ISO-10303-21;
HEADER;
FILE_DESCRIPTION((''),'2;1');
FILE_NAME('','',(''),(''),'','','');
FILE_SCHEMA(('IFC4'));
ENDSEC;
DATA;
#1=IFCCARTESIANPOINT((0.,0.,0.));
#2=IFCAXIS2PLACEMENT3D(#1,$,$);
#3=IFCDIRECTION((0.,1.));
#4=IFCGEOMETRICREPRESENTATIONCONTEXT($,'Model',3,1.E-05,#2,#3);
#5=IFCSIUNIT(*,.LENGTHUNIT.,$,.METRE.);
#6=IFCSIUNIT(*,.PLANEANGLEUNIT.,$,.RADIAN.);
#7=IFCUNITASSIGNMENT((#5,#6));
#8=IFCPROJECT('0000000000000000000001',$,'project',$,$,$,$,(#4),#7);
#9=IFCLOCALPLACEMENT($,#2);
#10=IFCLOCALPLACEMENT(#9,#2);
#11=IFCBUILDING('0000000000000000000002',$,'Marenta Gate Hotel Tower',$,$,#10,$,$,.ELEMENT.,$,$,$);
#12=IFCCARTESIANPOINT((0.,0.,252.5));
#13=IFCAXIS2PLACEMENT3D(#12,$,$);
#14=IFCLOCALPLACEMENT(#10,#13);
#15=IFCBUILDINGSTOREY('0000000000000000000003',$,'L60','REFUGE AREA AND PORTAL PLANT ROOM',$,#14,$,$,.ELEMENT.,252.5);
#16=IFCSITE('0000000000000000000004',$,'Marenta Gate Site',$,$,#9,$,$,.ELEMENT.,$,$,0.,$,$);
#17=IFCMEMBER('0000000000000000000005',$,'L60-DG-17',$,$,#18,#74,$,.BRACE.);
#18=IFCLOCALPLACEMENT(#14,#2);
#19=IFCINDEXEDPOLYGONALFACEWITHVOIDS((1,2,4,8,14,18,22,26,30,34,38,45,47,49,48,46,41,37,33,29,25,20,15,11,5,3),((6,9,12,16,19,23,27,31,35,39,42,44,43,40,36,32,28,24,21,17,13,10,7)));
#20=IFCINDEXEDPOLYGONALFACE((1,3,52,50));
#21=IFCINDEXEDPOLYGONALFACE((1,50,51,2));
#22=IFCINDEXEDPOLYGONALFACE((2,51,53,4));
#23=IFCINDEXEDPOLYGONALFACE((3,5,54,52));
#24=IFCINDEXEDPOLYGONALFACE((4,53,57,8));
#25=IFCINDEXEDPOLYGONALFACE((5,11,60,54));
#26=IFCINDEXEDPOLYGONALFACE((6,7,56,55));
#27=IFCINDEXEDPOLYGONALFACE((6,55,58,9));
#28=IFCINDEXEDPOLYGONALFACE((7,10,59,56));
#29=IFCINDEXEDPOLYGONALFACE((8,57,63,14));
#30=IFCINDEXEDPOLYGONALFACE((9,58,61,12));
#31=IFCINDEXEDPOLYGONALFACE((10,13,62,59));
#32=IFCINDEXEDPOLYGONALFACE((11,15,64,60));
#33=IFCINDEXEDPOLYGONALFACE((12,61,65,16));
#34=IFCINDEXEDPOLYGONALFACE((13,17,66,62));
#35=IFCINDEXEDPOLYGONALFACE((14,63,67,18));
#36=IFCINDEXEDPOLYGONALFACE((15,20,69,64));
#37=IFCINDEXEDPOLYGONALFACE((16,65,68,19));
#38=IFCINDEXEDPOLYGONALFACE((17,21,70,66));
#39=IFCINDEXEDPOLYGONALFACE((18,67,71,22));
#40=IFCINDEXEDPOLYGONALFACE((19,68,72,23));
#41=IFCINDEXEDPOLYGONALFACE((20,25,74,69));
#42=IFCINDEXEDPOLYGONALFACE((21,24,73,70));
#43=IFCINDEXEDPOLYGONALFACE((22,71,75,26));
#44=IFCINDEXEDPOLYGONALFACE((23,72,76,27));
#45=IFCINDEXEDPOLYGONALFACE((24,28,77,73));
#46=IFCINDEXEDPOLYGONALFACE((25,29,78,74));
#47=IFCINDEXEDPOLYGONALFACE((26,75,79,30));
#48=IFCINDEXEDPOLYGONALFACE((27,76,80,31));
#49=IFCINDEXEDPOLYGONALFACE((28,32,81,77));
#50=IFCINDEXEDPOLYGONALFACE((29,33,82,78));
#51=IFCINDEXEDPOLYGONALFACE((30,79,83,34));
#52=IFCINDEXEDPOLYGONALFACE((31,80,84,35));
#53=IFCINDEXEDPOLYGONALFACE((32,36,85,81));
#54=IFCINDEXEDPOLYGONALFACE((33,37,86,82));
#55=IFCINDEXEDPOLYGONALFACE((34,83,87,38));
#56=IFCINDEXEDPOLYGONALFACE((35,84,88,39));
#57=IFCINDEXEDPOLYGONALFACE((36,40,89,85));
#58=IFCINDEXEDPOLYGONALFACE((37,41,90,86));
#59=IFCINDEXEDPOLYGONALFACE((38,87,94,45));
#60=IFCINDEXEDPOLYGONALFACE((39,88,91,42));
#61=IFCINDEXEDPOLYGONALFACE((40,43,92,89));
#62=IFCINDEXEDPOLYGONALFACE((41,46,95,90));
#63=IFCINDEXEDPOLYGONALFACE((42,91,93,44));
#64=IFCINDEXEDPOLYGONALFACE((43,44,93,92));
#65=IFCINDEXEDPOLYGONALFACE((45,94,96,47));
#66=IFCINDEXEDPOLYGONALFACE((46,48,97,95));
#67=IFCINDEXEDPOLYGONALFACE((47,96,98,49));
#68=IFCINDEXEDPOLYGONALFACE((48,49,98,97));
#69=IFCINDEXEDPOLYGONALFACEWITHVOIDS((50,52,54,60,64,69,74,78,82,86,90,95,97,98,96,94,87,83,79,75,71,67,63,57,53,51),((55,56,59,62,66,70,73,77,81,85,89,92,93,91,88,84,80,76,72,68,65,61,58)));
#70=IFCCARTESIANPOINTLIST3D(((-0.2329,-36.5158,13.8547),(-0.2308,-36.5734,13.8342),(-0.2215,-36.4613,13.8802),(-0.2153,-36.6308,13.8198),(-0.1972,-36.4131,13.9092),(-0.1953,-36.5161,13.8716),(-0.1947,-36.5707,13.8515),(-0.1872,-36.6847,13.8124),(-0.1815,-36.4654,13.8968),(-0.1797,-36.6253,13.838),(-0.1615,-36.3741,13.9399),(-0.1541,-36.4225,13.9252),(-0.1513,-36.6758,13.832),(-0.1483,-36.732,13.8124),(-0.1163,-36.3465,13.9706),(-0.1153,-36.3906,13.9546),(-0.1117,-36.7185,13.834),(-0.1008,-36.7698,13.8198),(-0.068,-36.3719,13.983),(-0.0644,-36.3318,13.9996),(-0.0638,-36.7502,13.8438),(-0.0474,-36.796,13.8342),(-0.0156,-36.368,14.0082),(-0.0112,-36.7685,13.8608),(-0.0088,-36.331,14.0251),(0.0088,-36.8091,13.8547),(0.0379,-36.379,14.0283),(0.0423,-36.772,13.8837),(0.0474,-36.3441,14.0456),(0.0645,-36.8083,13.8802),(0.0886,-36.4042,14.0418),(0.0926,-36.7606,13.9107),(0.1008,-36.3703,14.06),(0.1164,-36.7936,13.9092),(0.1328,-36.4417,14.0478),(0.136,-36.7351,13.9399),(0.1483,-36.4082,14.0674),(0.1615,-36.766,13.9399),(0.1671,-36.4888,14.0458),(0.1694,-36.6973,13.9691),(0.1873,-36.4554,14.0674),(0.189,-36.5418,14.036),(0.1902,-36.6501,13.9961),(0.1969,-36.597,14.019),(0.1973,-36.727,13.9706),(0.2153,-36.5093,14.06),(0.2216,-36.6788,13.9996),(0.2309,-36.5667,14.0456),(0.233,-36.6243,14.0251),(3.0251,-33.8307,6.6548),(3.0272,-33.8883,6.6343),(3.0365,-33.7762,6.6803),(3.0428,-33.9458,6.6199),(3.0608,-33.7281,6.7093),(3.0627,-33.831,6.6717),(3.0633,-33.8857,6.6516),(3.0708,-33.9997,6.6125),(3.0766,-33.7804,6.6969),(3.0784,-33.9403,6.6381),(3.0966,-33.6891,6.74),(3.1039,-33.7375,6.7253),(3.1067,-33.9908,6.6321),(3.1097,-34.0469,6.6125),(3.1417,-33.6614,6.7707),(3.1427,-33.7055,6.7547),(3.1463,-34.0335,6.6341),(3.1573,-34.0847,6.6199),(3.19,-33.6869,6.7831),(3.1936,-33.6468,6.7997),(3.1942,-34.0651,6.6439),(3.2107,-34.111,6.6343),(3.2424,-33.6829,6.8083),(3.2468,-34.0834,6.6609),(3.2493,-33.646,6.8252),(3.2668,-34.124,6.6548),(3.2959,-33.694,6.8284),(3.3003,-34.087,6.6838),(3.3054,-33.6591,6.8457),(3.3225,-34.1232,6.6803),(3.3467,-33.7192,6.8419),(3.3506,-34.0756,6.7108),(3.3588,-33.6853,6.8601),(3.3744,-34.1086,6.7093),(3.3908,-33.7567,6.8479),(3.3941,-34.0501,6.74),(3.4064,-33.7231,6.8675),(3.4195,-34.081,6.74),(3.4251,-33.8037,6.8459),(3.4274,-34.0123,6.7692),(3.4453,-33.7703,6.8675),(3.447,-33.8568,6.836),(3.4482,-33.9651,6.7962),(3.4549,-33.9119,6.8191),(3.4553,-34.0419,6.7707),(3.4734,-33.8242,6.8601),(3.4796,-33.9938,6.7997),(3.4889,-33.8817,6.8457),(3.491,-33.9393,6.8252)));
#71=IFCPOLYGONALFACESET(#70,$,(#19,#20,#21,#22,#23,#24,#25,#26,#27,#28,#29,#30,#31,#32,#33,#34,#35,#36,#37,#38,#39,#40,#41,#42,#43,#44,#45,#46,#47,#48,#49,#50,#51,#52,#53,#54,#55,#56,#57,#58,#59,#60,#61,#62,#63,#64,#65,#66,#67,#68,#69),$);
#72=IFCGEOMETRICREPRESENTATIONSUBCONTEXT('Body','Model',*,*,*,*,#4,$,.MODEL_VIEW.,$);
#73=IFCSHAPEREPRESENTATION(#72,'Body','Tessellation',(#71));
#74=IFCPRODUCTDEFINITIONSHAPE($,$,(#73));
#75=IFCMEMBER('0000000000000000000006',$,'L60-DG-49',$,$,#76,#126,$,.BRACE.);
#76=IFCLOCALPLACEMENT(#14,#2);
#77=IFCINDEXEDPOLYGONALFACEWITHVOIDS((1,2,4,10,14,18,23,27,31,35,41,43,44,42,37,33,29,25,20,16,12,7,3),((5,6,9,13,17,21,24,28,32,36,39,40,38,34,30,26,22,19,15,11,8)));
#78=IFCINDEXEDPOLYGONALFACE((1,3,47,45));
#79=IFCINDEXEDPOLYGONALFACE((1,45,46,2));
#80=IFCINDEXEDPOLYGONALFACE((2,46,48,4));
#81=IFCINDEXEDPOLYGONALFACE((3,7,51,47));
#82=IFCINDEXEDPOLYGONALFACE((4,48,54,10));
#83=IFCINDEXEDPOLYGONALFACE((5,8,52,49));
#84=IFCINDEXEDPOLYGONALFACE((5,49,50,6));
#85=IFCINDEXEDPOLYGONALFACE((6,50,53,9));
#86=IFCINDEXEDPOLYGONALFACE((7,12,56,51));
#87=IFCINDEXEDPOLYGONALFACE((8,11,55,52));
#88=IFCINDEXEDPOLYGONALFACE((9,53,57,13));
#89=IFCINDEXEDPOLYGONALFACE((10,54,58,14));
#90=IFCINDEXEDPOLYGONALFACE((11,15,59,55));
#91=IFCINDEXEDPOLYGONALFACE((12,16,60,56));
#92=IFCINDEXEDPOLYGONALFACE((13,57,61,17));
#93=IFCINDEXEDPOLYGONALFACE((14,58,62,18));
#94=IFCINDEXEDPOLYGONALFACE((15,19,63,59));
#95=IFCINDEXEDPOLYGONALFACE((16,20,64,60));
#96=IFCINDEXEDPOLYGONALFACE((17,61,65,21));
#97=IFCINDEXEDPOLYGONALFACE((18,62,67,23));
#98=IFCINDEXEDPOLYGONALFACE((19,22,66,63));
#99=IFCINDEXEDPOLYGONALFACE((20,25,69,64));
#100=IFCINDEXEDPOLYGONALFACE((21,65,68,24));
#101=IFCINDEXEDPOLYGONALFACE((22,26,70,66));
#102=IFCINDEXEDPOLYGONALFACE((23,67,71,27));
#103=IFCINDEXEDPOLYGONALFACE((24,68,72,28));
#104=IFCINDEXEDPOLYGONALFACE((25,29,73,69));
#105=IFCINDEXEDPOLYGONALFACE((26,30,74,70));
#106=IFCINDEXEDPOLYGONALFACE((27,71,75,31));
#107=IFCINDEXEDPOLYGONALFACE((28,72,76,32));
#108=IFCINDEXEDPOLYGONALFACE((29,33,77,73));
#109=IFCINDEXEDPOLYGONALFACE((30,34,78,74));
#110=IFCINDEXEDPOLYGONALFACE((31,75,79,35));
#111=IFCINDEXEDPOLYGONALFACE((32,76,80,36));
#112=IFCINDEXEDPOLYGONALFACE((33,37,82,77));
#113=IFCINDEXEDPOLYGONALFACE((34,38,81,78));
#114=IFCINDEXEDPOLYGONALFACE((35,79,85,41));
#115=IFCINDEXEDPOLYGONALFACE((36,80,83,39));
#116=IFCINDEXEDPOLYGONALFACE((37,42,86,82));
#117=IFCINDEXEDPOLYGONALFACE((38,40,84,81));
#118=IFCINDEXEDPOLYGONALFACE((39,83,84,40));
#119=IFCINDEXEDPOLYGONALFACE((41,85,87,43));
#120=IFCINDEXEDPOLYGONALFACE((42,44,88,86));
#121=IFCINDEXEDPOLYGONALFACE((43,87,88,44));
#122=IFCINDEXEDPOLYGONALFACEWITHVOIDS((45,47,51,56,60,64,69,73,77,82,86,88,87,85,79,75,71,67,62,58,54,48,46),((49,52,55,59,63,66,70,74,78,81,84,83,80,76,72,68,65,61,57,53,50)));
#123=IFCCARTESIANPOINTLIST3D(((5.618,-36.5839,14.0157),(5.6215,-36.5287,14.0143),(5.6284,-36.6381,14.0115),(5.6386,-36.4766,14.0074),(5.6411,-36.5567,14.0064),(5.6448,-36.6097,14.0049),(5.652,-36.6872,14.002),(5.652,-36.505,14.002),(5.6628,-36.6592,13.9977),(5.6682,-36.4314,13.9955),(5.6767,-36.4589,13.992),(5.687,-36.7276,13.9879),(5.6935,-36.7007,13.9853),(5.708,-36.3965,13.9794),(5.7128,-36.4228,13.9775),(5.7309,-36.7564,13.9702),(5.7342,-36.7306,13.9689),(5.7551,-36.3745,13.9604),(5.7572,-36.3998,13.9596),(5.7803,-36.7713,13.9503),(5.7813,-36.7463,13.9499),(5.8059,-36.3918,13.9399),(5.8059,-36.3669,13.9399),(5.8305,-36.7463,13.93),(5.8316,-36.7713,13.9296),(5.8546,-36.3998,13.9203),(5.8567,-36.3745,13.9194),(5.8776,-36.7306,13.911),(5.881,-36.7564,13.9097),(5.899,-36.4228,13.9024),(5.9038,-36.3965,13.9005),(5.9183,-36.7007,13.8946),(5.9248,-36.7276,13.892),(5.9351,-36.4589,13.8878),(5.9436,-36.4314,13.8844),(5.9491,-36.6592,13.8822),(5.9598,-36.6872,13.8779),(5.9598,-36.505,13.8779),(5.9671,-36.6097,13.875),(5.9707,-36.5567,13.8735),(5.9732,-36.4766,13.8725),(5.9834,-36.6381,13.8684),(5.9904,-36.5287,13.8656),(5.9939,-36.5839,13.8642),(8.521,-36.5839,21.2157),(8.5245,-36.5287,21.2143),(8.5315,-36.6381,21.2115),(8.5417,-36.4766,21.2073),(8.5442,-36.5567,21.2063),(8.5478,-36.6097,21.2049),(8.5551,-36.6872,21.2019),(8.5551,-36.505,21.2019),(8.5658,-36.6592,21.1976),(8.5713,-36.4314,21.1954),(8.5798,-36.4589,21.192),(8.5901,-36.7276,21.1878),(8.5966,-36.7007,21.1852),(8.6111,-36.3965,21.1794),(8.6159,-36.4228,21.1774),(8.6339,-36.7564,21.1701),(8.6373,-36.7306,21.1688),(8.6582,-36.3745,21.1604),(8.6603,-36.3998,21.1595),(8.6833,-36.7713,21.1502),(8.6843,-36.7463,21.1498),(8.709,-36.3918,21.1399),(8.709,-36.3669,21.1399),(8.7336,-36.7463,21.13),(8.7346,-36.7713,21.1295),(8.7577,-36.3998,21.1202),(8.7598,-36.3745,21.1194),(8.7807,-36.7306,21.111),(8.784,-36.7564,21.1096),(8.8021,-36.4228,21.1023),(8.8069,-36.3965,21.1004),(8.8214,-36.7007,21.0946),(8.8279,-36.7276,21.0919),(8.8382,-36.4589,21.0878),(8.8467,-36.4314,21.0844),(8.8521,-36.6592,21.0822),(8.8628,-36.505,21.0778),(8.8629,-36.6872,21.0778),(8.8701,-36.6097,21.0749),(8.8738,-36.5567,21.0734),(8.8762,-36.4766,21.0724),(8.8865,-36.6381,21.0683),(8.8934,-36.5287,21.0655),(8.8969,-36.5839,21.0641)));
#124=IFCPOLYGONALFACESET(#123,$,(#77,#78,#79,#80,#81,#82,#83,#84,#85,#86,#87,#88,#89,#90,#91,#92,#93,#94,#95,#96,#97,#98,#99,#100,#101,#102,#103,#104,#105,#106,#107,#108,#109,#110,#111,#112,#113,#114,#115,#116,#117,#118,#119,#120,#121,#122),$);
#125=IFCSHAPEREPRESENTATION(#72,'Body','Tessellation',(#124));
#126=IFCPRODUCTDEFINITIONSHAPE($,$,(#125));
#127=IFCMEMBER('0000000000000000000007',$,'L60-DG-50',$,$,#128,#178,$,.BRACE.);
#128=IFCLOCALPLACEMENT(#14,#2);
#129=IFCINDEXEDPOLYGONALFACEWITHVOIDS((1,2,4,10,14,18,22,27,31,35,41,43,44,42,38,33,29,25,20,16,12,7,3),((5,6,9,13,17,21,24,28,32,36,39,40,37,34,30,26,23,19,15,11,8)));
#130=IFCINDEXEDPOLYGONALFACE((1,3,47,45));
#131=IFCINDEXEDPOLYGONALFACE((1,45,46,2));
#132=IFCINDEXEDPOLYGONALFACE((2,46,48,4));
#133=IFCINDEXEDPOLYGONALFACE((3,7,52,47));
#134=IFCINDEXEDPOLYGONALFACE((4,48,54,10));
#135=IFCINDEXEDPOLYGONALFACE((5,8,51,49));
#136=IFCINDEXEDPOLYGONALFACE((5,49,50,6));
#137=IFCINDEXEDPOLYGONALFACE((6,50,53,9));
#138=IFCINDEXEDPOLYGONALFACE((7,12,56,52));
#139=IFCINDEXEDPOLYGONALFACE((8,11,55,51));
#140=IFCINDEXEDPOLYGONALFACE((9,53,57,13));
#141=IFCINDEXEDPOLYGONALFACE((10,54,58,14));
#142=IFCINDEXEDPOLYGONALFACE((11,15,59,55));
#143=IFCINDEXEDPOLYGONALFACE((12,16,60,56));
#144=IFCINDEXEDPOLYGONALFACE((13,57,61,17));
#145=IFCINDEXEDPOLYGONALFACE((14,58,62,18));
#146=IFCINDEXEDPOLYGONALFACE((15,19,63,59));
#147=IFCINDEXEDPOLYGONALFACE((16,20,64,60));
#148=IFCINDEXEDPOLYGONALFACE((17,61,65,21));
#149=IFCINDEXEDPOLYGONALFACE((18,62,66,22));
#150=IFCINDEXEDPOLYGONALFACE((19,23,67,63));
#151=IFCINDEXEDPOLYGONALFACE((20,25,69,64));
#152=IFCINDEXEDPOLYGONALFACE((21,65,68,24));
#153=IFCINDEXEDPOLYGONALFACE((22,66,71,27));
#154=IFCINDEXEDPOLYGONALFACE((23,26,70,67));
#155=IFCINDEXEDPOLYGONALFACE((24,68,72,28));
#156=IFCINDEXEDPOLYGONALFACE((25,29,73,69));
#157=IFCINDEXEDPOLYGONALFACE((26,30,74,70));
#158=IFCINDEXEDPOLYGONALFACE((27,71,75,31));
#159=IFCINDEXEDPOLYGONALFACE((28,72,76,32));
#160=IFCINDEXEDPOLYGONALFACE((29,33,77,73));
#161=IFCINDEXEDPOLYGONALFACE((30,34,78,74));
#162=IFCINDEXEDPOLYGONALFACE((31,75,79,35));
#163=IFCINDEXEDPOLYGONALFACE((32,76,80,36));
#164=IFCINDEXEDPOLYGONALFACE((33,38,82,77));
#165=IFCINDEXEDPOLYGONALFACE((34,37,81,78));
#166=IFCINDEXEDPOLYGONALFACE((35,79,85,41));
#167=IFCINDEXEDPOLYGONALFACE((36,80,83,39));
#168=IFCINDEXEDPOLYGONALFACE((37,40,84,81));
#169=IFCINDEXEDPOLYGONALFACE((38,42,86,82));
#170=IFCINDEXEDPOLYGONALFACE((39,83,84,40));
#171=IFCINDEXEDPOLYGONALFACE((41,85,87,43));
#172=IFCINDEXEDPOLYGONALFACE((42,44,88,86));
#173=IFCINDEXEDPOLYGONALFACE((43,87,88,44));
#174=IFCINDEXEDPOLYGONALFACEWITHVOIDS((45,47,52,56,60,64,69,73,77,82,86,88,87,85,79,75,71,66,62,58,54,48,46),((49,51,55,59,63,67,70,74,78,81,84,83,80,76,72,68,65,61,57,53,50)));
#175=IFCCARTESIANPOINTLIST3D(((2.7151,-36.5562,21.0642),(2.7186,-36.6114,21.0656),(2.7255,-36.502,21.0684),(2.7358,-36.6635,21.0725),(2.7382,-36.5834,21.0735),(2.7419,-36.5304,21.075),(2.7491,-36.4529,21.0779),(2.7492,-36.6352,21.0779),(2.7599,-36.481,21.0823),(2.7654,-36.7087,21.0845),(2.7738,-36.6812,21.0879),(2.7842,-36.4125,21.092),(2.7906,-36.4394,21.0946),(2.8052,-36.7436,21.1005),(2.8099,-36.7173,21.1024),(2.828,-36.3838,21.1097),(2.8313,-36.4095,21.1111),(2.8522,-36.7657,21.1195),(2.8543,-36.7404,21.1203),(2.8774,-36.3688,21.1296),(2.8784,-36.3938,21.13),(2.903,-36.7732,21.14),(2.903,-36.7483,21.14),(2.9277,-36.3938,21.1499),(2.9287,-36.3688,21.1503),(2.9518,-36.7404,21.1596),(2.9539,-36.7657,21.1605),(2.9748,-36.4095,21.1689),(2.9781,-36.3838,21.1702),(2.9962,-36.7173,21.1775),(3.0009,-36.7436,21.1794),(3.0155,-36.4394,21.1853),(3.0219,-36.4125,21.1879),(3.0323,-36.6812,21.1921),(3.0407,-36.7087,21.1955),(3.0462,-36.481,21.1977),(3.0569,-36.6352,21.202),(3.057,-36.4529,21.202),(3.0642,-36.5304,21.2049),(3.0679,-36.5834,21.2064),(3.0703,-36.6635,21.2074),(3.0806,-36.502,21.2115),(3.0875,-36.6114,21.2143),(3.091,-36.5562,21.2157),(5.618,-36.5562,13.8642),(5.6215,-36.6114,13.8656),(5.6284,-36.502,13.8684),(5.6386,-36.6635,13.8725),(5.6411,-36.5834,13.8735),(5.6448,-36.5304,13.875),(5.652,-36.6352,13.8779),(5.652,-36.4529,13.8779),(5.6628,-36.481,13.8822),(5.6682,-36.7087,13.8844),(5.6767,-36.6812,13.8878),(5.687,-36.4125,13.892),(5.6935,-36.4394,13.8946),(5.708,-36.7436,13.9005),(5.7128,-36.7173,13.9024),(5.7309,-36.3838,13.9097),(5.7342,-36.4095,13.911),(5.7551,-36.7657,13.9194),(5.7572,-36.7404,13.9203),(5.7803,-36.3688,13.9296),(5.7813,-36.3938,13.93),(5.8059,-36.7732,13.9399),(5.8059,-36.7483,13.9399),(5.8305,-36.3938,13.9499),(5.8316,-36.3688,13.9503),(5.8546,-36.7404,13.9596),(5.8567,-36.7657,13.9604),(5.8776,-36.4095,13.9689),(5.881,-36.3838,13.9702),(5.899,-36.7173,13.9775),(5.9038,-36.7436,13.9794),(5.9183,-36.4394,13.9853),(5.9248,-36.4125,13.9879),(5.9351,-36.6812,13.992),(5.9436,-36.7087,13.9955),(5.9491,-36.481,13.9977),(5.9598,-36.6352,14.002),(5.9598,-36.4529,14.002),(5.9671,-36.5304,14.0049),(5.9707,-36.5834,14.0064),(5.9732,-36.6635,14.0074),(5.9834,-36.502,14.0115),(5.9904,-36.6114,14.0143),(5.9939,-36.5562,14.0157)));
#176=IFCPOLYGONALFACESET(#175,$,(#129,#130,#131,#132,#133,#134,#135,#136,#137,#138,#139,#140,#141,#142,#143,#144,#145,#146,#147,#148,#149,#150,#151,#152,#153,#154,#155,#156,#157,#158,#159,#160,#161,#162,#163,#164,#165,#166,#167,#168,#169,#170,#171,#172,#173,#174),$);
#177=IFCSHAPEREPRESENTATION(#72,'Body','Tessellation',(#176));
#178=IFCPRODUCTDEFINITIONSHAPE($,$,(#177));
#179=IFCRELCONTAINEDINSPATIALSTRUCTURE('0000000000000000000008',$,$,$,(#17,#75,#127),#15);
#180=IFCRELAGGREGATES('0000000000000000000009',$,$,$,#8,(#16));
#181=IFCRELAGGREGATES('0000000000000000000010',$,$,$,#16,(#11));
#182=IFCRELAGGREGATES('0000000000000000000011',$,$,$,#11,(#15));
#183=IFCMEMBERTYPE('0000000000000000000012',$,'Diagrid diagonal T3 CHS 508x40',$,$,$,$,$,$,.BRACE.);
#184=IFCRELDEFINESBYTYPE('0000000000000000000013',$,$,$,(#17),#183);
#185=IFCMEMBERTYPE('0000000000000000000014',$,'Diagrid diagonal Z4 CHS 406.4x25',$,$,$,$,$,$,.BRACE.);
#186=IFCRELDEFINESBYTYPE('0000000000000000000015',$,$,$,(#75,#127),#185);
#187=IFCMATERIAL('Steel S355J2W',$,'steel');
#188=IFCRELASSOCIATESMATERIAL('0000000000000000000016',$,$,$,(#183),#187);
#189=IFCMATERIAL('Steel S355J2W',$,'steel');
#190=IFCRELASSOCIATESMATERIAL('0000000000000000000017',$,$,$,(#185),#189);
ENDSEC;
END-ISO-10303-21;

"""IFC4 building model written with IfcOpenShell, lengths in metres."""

from ifc_helpers import new_model, si_unit, direction, frame, origin, origin_2d, place, context, subcontext, project, spatial, hollow_circle, extrude, material, material_profile, profile_set, type_object, element, save


model = new_model("IFC4")

# Units and contexts
model_context = context("Model", 3, precision=1e-05, world=origin(), true_north=direction((0.0, 1.0)))
body_context = subcontext(model_context, "Body", "Model", "MODEL_VIEW")
ifc_project = project(units=[si_unit("LENGTHUNIT", "METRE"), si_unit("PLANEANGLEUNIT", "RADIAN")], contexts=[model_context])

# Site, building, storey
site_placement = place(None, origin())
site = spatial("IfcSite", under=ifc_project, at=site_placement, Name="Marenta Gate Site", CompositionType="ELEMENT", RefElevation=0.0)
building_placement = place(site_placement, origin())
building = spatial("IfcBuilding", under=site, at=building_placement, Name="Marenta Gate Hotel Tower", CompositionType="ELEMENT")
storey_placement = place(building_placement, frame((0.0, 0.0, 252.5)))
storey = spatial("IfcBuildingStorey", under=building, at=storey_placement, Name="L60", Description="REFUGE AREA AND PORTAL PLANT ROOM", CompositionType="ELEMENT", Elevation=252.5)

# Members
ifc_material_1 = material(Name="Steel S355J2W", Category="steel")
ifc_material_profile_1 = material_profile(ifc_material_1, hollow_circle(Radius=0.2539, WallThickness=0.04, at=origin_2d()), Name="CHS 508x40")
ifc_profile_set_1 = profile_set([ifc_material_profile_1], Name="Steel S355J2W")
member_type_1 = type_object("IfcMemberType", Name="Diagrid diagonal T3 CHS 508x40", PredefinedType="BRACE", material=ifc_profile_set_1)
member_1_placement = place(storey_placement, frame((3.2581, -33.885, 6.74), z_axis=(-0.390351, -0.321699, 0.862633), x_axis=(0.635983, -0.771703, 0.0)))
element("IfcMember", 1, at=member_1_placement, inside=storey, type_object=member_type_1, Name="L60-DG-17", PredefinedType="BRACE", context=body_context, shape_type="SweptSolid", body=[
    extrude(hollow_circle(Radius=0.2539, WallThickness=0.04, at=origin_2d()), origin(), (0.0, 0.0, 1.0), 8.3464),
])
ifc_material_2 = material(Name="Steel S355J2W", Category="steel")
ifc_material_profile_2 = material_profile(ifc_material_2, hollow_circle(Radius=0.2031, WallThickness=0.0249, at=origin_2d()), Name="CHS 406.4x25")
ifc_profile_set_2 = profile_set([ifc_material_profile_2], Name="Steel S355J2W")
member_type_2 = type_object("IfcMemberType", Name="Diagrid diagonal Z4 CHS 406.4x25", PredefinedType="BRACE", material=ifc_profile_set_2)
for number, where, z_axis, x_axis, name in (
    (2, (5.8059, -36.5701, 13.9399), (0.373954, 0.0, 0.927447), (0.0, 1.0, 0.0), "L60-DG-49"),
    (3, (5.8059, -36.5701, 13.9399), (-0.373927, 0.0, 0.927458), (0.0, -1.0, 0.0), "L60-DG-50"),
):
    element("IfcMember", number, at=place(storey_placement, frame(where, z_axis=z_axis, x_axis=x_axis)), inside=storey, type_object=member_type_2, Name=name, PredefinedType="BRACE", context=body_context, shape_type="SweptSolid", body=[
        extrude(hollow_circle(Radius=0.2031, WallThickness=0.0249, at=origin_2d()), origin(), (0.0, 0.0, 1.0), 7.7632),
    ])

save(model, "model.ifc")
